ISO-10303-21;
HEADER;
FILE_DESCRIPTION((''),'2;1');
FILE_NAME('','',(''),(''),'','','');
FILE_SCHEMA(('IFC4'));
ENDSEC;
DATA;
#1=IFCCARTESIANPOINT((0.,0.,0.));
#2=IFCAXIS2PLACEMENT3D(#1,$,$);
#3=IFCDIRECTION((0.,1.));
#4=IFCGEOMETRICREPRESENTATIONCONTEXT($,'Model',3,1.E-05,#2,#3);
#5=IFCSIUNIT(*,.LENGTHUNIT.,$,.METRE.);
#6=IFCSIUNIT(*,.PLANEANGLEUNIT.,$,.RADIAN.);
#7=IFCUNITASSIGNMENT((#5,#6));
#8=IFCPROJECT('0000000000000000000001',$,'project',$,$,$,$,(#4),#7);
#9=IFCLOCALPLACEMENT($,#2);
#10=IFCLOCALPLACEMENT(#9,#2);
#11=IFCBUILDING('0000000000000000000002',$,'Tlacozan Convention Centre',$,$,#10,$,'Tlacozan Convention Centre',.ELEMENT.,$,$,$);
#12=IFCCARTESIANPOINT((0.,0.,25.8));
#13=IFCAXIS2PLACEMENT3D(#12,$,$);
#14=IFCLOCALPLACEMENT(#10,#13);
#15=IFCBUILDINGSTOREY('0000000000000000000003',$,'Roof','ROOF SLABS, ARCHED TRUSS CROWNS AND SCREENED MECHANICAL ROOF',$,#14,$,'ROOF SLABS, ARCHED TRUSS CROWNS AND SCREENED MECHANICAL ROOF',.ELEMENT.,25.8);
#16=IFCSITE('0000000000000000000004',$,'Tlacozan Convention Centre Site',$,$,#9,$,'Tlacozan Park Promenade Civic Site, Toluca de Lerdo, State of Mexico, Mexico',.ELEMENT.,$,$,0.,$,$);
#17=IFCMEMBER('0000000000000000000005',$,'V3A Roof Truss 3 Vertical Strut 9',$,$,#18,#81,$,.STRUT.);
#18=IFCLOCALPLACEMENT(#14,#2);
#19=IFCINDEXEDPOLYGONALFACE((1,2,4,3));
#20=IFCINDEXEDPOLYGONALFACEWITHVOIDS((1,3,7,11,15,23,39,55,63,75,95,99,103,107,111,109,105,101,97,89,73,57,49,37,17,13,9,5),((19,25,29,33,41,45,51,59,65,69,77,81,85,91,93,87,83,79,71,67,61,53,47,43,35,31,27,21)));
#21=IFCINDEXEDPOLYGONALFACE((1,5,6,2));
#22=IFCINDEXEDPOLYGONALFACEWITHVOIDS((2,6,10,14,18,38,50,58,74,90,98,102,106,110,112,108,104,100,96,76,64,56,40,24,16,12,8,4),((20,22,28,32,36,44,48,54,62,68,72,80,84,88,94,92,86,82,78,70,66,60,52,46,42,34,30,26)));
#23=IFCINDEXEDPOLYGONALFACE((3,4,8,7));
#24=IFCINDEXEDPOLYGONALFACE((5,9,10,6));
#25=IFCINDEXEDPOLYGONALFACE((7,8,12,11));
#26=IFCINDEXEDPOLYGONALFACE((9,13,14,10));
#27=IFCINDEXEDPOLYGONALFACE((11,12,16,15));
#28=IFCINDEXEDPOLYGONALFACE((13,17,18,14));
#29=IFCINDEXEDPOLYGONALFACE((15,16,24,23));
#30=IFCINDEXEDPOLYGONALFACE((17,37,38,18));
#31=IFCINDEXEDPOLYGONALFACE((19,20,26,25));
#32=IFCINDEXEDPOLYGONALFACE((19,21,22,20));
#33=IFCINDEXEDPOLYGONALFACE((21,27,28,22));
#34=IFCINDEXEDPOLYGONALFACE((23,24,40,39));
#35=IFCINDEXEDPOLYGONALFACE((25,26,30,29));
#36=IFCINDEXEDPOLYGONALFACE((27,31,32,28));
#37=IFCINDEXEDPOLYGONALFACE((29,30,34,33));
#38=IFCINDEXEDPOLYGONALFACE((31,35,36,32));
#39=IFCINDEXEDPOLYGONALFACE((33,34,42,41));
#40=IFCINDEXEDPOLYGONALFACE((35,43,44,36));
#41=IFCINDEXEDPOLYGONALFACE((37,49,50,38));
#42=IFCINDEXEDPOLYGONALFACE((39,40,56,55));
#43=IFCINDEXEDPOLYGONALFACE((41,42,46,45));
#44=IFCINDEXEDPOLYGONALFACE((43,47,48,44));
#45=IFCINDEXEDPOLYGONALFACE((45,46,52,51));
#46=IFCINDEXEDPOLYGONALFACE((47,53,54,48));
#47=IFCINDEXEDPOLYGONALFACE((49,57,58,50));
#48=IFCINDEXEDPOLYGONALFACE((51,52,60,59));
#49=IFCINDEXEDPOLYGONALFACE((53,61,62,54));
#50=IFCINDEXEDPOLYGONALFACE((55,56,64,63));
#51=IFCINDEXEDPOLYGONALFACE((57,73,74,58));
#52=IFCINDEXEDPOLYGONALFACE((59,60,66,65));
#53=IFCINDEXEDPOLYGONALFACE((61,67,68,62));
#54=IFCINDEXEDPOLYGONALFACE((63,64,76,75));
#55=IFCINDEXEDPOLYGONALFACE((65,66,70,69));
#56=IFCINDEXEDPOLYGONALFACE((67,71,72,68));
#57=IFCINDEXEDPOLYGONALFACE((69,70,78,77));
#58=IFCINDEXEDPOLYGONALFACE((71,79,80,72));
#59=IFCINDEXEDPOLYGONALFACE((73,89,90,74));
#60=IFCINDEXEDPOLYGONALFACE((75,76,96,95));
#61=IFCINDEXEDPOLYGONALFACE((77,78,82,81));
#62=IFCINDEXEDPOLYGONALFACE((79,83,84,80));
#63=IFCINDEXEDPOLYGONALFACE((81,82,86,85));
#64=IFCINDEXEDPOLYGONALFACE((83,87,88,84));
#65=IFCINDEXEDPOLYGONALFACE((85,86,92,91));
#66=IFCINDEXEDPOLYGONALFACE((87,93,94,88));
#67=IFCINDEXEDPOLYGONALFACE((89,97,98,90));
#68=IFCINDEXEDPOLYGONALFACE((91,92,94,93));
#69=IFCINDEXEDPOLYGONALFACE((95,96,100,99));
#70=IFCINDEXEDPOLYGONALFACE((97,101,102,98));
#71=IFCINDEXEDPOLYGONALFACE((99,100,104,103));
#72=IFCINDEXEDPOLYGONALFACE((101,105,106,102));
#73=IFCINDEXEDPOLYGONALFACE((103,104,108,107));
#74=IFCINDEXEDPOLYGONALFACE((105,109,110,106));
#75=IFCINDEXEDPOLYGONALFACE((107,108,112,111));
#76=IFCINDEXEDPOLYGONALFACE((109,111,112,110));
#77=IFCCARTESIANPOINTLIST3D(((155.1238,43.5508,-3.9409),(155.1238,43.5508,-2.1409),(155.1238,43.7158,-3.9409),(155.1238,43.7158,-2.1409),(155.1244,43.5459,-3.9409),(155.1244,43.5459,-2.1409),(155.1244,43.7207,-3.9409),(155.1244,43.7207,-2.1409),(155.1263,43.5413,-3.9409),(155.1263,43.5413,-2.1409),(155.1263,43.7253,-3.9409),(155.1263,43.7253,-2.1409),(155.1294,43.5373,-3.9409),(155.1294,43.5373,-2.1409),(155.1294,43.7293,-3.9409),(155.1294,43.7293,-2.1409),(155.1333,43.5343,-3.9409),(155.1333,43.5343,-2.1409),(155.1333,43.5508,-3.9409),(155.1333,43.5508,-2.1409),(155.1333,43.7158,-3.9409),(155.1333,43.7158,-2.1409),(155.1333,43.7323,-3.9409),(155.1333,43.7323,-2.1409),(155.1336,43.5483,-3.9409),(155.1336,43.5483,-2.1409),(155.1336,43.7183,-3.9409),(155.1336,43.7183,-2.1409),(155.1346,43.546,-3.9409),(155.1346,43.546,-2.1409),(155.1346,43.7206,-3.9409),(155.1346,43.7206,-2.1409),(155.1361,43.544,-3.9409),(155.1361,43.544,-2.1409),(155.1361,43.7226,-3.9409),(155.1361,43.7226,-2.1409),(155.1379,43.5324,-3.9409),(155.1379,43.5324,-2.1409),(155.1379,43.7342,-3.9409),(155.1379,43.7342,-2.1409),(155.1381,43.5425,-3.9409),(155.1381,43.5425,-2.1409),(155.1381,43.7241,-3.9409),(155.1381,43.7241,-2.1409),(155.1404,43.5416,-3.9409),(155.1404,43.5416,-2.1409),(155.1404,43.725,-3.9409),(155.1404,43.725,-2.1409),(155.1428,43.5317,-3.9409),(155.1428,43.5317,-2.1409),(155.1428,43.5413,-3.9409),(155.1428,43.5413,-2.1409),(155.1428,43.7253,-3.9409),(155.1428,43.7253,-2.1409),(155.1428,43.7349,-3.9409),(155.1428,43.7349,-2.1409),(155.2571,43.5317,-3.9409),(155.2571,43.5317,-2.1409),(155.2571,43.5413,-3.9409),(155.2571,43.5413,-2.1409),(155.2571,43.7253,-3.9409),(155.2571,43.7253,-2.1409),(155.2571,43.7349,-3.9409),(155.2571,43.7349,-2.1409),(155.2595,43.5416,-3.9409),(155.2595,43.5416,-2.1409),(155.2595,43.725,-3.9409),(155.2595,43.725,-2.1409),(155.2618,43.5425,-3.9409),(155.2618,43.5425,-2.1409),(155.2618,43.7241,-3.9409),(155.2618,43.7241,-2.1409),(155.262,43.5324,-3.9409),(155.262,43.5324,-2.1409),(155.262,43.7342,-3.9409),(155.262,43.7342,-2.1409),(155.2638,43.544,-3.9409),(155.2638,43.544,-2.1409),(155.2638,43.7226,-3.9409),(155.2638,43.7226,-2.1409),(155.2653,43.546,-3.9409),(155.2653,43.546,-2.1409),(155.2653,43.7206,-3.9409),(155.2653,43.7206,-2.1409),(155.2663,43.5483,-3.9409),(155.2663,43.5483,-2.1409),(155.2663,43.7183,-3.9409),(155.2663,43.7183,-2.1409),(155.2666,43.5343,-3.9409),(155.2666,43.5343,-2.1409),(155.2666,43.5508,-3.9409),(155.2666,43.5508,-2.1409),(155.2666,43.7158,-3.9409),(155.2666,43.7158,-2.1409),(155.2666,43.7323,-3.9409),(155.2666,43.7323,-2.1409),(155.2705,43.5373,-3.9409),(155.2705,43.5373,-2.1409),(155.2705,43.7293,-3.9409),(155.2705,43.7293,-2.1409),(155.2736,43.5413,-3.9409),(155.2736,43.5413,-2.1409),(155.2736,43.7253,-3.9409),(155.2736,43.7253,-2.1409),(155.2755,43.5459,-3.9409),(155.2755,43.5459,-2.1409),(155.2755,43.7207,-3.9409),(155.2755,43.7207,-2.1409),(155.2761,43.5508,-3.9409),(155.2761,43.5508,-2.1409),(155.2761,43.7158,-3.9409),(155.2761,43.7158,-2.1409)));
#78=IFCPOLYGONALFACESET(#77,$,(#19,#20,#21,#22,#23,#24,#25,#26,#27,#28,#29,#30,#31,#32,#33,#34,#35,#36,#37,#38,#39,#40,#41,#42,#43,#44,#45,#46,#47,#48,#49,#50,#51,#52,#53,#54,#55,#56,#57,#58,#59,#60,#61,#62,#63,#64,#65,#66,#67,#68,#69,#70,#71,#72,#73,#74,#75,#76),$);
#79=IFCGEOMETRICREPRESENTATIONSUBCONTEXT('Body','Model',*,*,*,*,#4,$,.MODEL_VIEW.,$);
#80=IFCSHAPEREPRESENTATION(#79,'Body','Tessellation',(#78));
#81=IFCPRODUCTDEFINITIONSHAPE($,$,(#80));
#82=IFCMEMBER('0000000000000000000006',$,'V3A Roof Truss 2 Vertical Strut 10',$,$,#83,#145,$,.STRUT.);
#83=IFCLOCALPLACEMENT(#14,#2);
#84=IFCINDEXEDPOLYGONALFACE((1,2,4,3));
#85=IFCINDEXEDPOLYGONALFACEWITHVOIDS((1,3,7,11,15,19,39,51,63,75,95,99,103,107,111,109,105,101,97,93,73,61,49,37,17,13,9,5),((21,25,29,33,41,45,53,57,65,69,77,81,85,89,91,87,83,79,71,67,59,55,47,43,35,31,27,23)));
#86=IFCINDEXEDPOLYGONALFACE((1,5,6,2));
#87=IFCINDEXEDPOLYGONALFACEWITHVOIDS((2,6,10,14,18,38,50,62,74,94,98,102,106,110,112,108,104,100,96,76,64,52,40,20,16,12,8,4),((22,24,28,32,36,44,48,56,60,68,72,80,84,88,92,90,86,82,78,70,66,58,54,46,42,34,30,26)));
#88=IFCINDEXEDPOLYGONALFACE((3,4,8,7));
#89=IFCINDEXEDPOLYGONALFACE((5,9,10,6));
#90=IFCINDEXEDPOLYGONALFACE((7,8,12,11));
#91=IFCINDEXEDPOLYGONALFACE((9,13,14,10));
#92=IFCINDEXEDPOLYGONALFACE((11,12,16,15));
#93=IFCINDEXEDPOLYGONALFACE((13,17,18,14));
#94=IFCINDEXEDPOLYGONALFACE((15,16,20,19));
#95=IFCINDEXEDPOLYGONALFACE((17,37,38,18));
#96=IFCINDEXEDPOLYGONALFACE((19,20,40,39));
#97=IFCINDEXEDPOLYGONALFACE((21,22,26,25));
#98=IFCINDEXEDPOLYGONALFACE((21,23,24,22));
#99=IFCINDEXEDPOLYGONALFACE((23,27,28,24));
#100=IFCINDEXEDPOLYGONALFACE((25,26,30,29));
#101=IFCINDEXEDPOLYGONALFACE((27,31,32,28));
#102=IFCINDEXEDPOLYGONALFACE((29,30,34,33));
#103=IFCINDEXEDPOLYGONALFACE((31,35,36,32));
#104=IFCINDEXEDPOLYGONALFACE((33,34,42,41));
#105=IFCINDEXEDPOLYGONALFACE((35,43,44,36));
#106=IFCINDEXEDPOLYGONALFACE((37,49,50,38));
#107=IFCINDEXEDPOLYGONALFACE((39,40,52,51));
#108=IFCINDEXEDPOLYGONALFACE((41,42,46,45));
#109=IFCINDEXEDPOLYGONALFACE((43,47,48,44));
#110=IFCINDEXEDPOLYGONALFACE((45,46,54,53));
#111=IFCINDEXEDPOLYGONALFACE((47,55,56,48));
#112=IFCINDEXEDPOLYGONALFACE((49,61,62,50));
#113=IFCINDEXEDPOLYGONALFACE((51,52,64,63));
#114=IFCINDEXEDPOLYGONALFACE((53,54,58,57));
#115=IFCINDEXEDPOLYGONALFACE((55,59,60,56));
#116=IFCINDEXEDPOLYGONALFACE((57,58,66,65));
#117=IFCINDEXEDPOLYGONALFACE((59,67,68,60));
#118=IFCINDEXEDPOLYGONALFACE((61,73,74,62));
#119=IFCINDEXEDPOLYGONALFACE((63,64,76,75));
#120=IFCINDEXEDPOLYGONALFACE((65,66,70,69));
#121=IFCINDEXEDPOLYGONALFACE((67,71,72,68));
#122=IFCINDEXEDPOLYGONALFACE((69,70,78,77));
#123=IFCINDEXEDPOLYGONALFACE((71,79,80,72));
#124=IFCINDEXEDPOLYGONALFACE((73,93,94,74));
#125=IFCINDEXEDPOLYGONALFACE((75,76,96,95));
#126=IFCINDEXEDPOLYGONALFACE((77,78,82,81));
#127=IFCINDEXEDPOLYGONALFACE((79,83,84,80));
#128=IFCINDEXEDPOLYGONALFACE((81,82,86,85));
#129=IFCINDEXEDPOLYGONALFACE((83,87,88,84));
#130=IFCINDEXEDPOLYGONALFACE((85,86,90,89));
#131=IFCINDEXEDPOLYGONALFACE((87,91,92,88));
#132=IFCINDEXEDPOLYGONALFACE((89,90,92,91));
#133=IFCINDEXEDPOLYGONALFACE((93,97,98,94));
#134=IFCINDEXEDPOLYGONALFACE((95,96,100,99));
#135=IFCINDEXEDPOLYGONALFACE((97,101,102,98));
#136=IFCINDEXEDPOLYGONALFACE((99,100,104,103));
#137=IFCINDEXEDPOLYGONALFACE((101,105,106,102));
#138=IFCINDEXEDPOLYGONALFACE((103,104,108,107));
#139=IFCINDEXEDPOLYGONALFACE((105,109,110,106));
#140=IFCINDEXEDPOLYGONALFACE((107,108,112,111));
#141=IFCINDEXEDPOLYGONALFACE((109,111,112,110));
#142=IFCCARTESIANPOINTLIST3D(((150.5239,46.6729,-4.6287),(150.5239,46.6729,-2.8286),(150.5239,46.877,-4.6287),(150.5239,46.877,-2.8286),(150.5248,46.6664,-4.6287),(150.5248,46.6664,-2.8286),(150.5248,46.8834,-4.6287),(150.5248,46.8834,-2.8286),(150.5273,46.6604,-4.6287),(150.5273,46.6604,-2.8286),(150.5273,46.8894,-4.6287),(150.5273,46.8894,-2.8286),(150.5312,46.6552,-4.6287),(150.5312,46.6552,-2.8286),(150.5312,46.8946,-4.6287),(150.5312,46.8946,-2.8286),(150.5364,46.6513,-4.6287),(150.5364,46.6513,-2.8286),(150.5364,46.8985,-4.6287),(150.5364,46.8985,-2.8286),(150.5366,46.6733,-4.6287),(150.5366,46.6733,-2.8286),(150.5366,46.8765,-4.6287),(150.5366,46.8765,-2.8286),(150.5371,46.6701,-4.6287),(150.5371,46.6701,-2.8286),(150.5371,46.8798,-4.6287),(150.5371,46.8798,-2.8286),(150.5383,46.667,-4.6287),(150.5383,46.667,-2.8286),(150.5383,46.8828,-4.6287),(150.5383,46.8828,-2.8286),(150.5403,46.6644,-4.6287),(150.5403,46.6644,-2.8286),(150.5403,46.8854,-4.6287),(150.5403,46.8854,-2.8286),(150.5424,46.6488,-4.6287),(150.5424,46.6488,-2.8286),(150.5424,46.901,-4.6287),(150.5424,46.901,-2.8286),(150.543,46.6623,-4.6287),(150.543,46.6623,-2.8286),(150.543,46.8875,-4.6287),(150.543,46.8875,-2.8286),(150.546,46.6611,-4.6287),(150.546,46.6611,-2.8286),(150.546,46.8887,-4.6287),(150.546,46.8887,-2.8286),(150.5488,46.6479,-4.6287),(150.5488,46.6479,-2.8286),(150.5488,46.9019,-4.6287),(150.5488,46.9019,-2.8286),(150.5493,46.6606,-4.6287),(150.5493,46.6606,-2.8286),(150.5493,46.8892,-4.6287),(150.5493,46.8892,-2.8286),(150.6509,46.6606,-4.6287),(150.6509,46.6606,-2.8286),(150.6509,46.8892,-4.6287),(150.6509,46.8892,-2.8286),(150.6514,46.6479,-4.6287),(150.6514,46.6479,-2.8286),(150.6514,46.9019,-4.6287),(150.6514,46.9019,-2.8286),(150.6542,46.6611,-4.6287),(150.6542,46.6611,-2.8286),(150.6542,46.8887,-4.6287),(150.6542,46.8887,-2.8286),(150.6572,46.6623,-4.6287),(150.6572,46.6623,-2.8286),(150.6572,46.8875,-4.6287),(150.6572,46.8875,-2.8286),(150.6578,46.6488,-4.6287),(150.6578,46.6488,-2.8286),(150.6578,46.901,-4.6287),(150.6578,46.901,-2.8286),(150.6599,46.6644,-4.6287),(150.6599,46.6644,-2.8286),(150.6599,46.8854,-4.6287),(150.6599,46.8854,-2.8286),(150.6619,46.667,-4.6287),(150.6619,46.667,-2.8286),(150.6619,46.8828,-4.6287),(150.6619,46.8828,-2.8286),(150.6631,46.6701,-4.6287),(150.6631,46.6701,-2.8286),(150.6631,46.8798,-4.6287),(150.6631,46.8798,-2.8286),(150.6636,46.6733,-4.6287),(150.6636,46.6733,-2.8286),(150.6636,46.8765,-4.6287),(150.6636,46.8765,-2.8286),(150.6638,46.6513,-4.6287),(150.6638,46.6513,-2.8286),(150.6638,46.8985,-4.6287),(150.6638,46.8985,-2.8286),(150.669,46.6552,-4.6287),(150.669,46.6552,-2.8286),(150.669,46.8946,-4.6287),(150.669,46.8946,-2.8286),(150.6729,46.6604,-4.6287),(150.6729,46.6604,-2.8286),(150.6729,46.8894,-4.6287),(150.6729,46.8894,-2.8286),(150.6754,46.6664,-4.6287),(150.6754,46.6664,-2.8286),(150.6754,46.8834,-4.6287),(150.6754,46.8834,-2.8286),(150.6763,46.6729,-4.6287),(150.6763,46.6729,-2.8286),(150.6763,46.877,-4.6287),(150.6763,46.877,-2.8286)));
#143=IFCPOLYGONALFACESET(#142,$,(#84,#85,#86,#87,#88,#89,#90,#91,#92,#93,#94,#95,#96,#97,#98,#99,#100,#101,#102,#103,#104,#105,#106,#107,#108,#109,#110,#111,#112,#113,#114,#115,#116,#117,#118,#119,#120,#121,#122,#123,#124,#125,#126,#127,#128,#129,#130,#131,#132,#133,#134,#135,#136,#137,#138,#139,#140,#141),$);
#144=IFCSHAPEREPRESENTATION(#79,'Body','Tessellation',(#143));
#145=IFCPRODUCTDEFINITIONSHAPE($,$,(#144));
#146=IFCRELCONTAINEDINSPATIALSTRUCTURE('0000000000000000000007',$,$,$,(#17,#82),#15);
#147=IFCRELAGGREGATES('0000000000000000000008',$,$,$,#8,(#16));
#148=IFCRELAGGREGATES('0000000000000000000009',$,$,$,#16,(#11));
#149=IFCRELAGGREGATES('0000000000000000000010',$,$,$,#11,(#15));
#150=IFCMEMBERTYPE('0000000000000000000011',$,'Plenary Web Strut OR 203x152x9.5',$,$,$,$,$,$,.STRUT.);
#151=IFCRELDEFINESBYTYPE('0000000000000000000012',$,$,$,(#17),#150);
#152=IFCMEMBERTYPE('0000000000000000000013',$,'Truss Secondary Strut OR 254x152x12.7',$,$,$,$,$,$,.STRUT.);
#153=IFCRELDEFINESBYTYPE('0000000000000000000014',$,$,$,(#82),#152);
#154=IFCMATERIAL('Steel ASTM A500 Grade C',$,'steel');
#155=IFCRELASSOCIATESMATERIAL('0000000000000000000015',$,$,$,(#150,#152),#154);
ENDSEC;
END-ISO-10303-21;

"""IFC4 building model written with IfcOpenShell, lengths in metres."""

from ifc_helpers import new_model, si_unit, direction, frame, origin, origin_2d, place, context, subcontext, project, spatial, hollow_rectangle, extrude, material, material_profile, profile_set, type_object, element, save


model = new_model("IFC4")

# Units and contexts
model_context = context("Model", 3, precision=1e-05, world=origin(), true_north=direction((0.0, 1.0)))
body_context = subcontext(model_context, "Body", "Model", "MODEL_VIEW")
ifc_project = project(units=[si_unit("LENGTHUNIT", "METRE"), si_unit("PLANEANGLEUNIT", "RADIAN")], contexts=[model_context])

# Site, building, storey
site_placement = place(None, origin())
site = spatial("IfcSite", under=ifc_project, at=site_placement, Name="Tlacozan Convention Centre Site", LongName="Tlacozan Park Promenade Civic Site, Toluca de Lerdo, State of Mexico, Mexico", CompositionType="ELEMENT", RefElevation=0.0)
building_placement = place(site_placement, origin())
building = spatial("IfcBuilding", under=site, at=building_placement, Name="Tlacozan Convention Centre", LongName="Tlacozan Convention Centre", CompositionType="ELEMENT")
storey_placement = place(building_placement, frame((0.0, 0.0, 25.8)))
storey = spatial("IfcBuildingStorey", under=building, at=storey_placement, Name="Roof", Description="ROOF SLABS, ARCHED TRUSS CROWNS AND SCREENED MECHANICAL ROOF", LongName="ROOF SLABS, ARCHED TRUSS CROWNS AND SCREENED MECHANICAL ROOF", CompositionType="ELEMENT", Elevation=25.8)

# Members
ifc_material_1 = material(Name="Steel ASTM A500 Grade C", Category="steel")
ifc_material_profile_1 = material_profile(ifc_material_1, hollow_rectangle(XDim=0.1523, YDim=0.2031, WallThickness=0.0095, InnerFilletRadius=0.0095, OuterFilletRadius=0.019, at=origin_2d()), Name="OR 203x152x9.5")
ifc_profile_set_1 = profile_set([ifc_material_profile_1], Name="Steel ASTM A500 Grade C")
member_type_1 = type_object("IfcMemberType", Name="Plenary Web Strut OR 203x152x9.5", PredefinedType="STRUT", material=ifc_profile_set_1)
for number, where, z_axis, x_axis, name in (
    (1, (155.2, 43.6333, -3.9409), (0.0, 0.0, 1.0), (1.0, 0.0, 0.0), "V3A Roof Truss 3 Vertical Strut 9"),
):
    element("IfcMember", number, at=place(storey_placement, frame(where, z_axis=z_axis, x_axis=x_axis)), inside=storey, type_object=member_type_1, Name=name, PredefinedType="STRUT", context=body_context, shape_type="SweptSolid", body=[
        extrude(hollow_rectangle(XDim=0.1523, YDim=0.2031, WallThickness=0.0095, InnerFilletRadius=0.0095, OuterFilletRadius=0.019, at=origin_2d()), origin(), (0.0, 0.0, 1.0), 1.8),
    ])
ifc_material_profile_2 = material_profile(ifc_material_1, hollow_rectangle(XDim=0.1523, YDim=0.2539, WallThickness=0.0127, InnerFilletRadius=0.0127, OuterFilletRadius=0.0249, at=origin_2d()), Name="OR 254x152x12.7")
ifc_profile_set_2 = profile_set([ifc_material_profile_2], Name="Steel ASTM A500 Grade C")
member_type_2 = type_object("IfcMemberType", Name="Truss Secondary Strut OR 254x152x12.7", PredefinedType="STRUT", material=ifc_profile_set_2)
for number, where, z_axis, x_axis, name in (
    (2, (150.6001, 46.7749, -4.6287), (0.0, 0.0, 1.0), (1.0, 0.0, 0.0), "V3A Roof Truss 2 Vertical Strut 10"),
):
    element("IfcMember", number, at=place(storey_placement, frame(where, z_axis=z_axis, x_axis=x_axis)), inside=storey, type_object=member_type_2, Name=name, PredefinedType="STRUT", context=body_context, shape_type="SweptSolid", body=[
        extrude(hollow_rectangle(XDim=0.1523, YDim=0.2539, WallThickness=0.0127, InnerFilletRadius=0.0127, OuterFilletRadius=0.0249, at=origin_2d()), origin(), (0.0, 0.0, 1.0), 1.8),
    ])

save(model, "model.ifc")
